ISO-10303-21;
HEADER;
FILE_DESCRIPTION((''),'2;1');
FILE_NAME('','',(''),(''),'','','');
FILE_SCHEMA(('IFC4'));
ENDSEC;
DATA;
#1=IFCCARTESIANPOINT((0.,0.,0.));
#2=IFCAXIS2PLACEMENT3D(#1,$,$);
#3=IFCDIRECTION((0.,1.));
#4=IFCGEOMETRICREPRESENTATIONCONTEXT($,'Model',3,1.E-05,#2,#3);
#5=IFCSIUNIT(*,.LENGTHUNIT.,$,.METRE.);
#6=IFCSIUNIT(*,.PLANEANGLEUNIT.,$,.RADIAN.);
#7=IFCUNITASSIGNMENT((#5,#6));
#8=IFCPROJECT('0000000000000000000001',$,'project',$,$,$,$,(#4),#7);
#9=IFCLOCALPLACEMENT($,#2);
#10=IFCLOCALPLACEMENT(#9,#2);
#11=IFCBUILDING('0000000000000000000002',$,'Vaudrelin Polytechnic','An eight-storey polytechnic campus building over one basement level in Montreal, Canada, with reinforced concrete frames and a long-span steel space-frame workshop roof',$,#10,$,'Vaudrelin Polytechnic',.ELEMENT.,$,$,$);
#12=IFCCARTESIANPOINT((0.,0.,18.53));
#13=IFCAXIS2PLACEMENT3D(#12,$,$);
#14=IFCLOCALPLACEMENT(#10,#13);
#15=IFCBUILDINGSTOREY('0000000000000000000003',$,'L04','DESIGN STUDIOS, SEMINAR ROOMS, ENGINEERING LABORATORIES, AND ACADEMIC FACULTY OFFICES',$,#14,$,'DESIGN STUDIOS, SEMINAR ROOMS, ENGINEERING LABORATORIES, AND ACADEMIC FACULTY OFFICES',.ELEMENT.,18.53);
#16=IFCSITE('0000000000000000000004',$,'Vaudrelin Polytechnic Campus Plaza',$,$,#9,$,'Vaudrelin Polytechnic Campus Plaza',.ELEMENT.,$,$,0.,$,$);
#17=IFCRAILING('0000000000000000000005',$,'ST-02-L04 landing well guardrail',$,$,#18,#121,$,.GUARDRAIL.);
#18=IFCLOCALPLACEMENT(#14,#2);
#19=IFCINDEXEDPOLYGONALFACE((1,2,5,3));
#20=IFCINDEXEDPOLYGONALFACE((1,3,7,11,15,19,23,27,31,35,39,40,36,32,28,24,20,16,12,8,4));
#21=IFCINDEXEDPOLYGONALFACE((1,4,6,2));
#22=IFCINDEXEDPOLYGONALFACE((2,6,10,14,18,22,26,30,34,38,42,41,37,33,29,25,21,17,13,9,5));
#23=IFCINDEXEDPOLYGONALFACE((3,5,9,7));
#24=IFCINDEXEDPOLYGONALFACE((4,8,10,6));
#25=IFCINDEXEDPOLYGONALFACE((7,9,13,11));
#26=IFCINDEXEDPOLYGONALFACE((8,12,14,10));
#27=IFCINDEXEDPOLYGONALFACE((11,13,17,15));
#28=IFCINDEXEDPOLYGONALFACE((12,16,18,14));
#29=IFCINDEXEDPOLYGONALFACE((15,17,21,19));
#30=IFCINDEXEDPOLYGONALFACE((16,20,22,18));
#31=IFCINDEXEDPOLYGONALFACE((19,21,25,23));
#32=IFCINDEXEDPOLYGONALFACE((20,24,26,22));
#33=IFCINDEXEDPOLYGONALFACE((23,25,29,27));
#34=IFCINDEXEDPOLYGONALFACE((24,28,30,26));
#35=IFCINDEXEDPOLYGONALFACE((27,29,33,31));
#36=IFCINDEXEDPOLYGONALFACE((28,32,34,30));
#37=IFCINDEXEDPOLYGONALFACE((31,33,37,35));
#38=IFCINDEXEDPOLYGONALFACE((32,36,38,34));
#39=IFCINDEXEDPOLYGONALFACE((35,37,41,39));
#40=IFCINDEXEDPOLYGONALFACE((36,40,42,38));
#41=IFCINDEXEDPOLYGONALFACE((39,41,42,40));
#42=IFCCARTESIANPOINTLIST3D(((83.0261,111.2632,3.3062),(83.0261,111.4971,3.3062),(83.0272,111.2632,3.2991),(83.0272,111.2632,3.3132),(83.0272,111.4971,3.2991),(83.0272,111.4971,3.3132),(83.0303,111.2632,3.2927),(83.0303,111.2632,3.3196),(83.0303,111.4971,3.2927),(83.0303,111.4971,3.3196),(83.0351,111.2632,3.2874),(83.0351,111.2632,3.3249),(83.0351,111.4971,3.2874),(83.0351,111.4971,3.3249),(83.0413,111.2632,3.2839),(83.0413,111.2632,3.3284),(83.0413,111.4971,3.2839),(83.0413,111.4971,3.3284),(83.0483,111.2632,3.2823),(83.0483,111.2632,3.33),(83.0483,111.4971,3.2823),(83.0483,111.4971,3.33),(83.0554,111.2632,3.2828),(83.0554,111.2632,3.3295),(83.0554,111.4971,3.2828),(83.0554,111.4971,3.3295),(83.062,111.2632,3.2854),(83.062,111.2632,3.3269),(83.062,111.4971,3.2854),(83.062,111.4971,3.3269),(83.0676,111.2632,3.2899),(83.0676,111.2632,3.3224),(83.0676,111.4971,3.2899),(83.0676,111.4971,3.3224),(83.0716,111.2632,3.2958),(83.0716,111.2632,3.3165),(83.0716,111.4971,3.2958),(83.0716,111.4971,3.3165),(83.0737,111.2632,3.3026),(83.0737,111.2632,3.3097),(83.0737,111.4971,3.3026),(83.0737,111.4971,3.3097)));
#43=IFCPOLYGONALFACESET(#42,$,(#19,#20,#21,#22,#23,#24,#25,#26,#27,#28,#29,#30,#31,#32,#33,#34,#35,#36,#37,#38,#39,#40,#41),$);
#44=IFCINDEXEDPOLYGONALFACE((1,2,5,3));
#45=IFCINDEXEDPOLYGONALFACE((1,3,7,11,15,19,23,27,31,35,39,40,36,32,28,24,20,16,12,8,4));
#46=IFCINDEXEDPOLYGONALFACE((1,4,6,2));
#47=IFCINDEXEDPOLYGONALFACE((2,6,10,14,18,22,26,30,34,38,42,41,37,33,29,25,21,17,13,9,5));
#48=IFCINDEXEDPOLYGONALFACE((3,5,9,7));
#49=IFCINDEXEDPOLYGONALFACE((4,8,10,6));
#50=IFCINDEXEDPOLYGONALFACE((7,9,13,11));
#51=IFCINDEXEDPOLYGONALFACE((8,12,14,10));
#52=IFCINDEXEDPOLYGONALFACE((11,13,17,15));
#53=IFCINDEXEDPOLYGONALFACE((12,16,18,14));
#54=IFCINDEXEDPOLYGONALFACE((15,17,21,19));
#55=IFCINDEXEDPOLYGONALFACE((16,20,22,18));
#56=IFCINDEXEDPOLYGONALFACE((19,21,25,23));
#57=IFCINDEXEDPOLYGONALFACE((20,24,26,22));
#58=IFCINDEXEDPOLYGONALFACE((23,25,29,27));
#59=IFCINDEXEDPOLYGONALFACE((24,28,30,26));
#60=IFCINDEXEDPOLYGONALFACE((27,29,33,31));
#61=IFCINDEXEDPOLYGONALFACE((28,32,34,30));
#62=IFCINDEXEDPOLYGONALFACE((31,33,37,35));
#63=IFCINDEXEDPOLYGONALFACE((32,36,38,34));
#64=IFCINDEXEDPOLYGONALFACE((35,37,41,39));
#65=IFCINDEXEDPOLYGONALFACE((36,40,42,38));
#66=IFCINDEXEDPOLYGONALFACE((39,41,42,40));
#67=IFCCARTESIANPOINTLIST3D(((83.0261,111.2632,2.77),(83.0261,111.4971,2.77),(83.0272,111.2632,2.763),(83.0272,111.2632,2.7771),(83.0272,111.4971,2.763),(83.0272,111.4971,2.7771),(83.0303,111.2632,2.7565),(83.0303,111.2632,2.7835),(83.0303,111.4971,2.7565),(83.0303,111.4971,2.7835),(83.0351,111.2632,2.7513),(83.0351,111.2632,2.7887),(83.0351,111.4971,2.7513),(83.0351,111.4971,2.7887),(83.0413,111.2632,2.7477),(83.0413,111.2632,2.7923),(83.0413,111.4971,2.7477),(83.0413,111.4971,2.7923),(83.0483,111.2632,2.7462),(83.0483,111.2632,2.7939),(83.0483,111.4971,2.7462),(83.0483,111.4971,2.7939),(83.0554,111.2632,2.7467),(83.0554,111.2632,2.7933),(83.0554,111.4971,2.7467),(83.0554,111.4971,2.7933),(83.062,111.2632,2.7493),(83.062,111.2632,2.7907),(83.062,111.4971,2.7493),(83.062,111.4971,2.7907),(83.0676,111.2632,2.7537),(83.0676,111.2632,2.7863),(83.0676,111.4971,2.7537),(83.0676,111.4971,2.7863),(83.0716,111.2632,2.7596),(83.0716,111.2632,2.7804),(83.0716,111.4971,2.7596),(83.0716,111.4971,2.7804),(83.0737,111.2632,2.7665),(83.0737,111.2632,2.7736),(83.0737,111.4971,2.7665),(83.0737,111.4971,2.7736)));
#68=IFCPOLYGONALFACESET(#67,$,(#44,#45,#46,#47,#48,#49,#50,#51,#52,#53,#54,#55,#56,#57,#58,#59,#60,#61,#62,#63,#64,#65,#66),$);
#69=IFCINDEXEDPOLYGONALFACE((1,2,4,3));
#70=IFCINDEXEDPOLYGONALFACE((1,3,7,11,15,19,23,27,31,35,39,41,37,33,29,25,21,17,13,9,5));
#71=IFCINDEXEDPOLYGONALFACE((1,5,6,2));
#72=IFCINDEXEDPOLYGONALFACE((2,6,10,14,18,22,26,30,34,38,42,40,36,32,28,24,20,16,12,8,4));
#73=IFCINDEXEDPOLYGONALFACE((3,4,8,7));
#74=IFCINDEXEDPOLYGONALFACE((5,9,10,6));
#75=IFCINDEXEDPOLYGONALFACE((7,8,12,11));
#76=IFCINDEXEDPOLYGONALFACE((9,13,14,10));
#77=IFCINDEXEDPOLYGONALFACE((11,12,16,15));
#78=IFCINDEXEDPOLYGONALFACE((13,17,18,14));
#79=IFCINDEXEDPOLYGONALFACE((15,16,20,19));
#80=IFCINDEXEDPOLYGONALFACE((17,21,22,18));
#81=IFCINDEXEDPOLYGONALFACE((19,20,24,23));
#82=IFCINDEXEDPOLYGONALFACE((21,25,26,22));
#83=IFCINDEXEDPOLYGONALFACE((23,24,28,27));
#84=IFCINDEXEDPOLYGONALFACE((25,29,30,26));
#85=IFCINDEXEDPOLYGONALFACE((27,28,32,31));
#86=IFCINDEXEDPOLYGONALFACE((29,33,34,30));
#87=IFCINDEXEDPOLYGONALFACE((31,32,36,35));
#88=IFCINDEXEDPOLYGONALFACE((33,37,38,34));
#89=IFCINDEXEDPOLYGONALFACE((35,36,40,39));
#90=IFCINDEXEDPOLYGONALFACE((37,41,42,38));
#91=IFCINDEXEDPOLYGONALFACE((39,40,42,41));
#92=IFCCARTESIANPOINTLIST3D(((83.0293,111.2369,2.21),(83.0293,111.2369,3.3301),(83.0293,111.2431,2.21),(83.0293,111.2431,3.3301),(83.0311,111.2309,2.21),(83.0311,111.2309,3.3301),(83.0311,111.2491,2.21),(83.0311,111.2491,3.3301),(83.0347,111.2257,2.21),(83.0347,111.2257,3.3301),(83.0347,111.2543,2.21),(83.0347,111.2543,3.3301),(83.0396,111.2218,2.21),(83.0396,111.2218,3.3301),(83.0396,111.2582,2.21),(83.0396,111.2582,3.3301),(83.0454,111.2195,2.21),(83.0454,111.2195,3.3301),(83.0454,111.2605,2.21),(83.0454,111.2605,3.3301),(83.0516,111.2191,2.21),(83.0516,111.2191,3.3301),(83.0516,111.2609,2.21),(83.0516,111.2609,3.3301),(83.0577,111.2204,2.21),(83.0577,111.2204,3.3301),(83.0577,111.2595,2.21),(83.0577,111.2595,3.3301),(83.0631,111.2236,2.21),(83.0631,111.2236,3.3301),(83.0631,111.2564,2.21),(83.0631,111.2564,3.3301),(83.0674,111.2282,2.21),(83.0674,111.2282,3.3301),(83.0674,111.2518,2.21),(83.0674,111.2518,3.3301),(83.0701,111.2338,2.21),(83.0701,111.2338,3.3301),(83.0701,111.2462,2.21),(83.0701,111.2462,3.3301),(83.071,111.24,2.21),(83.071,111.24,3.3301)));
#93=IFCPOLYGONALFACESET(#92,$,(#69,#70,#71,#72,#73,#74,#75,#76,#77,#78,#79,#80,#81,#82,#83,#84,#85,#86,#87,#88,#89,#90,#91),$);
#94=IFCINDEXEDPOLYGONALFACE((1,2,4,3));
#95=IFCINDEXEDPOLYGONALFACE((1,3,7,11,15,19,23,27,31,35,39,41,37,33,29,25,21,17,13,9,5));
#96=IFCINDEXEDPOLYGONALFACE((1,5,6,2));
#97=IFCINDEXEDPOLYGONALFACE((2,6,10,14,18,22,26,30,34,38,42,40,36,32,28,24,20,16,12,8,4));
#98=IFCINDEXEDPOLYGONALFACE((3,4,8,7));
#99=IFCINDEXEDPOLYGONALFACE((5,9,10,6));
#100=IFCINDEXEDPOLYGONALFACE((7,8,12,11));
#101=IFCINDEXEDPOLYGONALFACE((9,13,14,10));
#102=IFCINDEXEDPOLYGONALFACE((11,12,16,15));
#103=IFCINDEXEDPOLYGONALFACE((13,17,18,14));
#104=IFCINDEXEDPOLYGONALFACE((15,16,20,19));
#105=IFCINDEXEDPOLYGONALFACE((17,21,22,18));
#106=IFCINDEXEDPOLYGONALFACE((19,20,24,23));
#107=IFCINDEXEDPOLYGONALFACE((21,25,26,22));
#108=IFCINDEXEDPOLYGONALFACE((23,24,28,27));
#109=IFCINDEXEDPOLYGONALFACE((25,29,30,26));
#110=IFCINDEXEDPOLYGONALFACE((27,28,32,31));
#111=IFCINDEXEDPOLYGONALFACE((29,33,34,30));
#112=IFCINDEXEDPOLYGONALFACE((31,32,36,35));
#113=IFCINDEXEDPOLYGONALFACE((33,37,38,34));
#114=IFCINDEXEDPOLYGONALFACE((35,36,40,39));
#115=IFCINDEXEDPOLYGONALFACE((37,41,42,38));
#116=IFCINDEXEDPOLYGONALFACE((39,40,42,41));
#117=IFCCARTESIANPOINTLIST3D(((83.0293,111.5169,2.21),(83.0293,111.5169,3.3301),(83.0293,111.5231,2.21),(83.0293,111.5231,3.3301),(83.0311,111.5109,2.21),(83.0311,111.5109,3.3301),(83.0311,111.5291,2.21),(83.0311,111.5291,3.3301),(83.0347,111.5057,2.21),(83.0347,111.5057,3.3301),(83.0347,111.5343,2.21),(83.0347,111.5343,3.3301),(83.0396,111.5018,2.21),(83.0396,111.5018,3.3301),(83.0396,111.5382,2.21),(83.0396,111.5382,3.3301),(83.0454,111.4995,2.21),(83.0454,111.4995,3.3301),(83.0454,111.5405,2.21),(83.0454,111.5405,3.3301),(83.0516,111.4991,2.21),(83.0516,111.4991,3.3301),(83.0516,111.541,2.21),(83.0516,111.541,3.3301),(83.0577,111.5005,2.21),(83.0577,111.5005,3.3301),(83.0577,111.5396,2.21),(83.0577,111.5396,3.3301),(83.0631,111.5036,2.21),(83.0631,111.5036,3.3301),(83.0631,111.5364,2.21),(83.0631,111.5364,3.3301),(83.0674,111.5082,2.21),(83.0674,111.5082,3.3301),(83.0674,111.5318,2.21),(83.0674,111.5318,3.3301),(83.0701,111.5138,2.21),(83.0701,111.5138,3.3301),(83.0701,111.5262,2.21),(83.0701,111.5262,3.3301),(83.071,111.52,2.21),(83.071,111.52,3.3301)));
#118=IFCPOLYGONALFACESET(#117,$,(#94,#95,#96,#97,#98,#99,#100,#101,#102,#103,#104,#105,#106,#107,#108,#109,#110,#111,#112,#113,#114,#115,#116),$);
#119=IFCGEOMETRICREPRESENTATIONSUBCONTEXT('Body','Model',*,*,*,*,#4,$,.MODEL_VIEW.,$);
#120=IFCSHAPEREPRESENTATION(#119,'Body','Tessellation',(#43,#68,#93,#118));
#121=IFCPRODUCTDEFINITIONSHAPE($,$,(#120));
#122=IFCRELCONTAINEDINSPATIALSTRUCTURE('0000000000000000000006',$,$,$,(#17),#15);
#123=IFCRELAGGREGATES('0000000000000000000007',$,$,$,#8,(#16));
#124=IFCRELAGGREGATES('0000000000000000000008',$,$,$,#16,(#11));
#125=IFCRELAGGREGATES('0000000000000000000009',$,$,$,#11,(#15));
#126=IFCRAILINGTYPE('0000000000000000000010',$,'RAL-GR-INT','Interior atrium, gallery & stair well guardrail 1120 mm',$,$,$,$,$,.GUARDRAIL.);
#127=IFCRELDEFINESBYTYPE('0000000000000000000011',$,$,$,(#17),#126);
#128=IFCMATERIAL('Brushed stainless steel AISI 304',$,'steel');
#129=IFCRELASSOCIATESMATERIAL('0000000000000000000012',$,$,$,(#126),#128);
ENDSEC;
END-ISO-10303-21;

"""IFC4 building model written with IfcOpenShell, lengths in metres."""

from ifc_helpers import new_model, si_unit, direction, frame, origin, origin_2d, place, context, subcontext, project, spatial, circle, extrude, material, type_object, element, save


model = new_model("IFC4")

# Units and contexts
model_context = context("Model", 3, precision=1e-05, world=origin(), true_north=direction((0.0, 1.0)))
body_context = subcontext(model_context, "Body", "Model", "MODEL_VIEW")
ifc_project = project(units=[si_unit("LENGTHUNIT", "METRE"), si_unit("PLANEANGLEUNIT", "RADIAN")], contexts=[model_context])

# Site, building, storey
site_placement = place(None, origin())
site = spatial("IfcSite", under=ifc_project, at=site_placement, Name="Vaudrelin Polytechnic Campus Plaza", LongName="Vaudrelin Polytechnic Campus Plaza", CompositionType="ELEMENT", RefElevation=0.0)
building_placement = place(site_placement, origin())
building = spatial("IfcBuilding", under=site, at=building_placement, Name="Vaudrelin Polytechnic", Description="An eight-storey polytechnic campus building over one basement level in Montreal, Canada, with reinforced concrete frames and a long-span steel space-frame workshop roof", LongName="Vaudrelin Polytechnic", CompositionType="ELEMENT")
storey_placement = place(building_placement, frame((0.0, 0.0, 18.53)))
storey = spatial("IfcBuildingStorey", under=building, at=storey_placement, Name="L04", Description="DESIGN STUDIOS, SEMINAR ROOMS, ENGINEERING LABORATORIES, AND ACADEMIC FACULTY OFFICES", LongName="DESIGN STUDIOS, SEMINAR ROOMS, ENGINEERING LABORATORIES, AND ACADEMIC FACULTY OFFICES", CompositionType="ELEMENT", Elevation=18.53)

# Railing
ifc_material_1 = material(Name="Brushed stainless steel AISI 304", Category="steel")
railing_type_1 = type_object("IfcRailingType", Name="RAL-GR-INT", Description="Interior atrium, gallery & stair well guardrail 1120 mm", PredefinedType="GUARDRAIL", material=ifc_material_1)
railing_1_placement = place(storey_placement, frame((83.05, 111.24, 2.21)))
element("IfcRailing", 1, at=railing_1_placement, inside=storey, type_object=railing_type_1, Name="ST-02-L04 landing well guardrail", PredefinedType="GUARDRAIL", context=body_context, shape_type="SweptSolid", body=[
    extrude(circle(Radius=0.0239, at=origin_2d()), frame((0.0, 0.0232, 1.0962), z_axis=(0.0, 1.0, 0.0), x_axis=(-1.0, 0.0, 0.0)), (0.0, 0.0, 1.0), 0.2339),
    extrude(circle(Radius=0.0239, at=origin_2d()), frame((0.0, 0.0232, 0.5601), z_axis=(0.0, 1.0, 0.0), x_axis=(-1.0, 0.0, 0.0)), (0.0, 0.0, 1.0), 0.2339),
    extrude(circle(Radius=0.021, at=origin_2d()), origin(), (0.0, 0.0, 1.0), 1.1201),
    extrude(circle(Radius=0.021, at=origin_2d()), frame((0.0, 0.28, 0.0)), (0.0, 0.0, 1.0), 1.1201),
])

save(model, "model.ifc")
